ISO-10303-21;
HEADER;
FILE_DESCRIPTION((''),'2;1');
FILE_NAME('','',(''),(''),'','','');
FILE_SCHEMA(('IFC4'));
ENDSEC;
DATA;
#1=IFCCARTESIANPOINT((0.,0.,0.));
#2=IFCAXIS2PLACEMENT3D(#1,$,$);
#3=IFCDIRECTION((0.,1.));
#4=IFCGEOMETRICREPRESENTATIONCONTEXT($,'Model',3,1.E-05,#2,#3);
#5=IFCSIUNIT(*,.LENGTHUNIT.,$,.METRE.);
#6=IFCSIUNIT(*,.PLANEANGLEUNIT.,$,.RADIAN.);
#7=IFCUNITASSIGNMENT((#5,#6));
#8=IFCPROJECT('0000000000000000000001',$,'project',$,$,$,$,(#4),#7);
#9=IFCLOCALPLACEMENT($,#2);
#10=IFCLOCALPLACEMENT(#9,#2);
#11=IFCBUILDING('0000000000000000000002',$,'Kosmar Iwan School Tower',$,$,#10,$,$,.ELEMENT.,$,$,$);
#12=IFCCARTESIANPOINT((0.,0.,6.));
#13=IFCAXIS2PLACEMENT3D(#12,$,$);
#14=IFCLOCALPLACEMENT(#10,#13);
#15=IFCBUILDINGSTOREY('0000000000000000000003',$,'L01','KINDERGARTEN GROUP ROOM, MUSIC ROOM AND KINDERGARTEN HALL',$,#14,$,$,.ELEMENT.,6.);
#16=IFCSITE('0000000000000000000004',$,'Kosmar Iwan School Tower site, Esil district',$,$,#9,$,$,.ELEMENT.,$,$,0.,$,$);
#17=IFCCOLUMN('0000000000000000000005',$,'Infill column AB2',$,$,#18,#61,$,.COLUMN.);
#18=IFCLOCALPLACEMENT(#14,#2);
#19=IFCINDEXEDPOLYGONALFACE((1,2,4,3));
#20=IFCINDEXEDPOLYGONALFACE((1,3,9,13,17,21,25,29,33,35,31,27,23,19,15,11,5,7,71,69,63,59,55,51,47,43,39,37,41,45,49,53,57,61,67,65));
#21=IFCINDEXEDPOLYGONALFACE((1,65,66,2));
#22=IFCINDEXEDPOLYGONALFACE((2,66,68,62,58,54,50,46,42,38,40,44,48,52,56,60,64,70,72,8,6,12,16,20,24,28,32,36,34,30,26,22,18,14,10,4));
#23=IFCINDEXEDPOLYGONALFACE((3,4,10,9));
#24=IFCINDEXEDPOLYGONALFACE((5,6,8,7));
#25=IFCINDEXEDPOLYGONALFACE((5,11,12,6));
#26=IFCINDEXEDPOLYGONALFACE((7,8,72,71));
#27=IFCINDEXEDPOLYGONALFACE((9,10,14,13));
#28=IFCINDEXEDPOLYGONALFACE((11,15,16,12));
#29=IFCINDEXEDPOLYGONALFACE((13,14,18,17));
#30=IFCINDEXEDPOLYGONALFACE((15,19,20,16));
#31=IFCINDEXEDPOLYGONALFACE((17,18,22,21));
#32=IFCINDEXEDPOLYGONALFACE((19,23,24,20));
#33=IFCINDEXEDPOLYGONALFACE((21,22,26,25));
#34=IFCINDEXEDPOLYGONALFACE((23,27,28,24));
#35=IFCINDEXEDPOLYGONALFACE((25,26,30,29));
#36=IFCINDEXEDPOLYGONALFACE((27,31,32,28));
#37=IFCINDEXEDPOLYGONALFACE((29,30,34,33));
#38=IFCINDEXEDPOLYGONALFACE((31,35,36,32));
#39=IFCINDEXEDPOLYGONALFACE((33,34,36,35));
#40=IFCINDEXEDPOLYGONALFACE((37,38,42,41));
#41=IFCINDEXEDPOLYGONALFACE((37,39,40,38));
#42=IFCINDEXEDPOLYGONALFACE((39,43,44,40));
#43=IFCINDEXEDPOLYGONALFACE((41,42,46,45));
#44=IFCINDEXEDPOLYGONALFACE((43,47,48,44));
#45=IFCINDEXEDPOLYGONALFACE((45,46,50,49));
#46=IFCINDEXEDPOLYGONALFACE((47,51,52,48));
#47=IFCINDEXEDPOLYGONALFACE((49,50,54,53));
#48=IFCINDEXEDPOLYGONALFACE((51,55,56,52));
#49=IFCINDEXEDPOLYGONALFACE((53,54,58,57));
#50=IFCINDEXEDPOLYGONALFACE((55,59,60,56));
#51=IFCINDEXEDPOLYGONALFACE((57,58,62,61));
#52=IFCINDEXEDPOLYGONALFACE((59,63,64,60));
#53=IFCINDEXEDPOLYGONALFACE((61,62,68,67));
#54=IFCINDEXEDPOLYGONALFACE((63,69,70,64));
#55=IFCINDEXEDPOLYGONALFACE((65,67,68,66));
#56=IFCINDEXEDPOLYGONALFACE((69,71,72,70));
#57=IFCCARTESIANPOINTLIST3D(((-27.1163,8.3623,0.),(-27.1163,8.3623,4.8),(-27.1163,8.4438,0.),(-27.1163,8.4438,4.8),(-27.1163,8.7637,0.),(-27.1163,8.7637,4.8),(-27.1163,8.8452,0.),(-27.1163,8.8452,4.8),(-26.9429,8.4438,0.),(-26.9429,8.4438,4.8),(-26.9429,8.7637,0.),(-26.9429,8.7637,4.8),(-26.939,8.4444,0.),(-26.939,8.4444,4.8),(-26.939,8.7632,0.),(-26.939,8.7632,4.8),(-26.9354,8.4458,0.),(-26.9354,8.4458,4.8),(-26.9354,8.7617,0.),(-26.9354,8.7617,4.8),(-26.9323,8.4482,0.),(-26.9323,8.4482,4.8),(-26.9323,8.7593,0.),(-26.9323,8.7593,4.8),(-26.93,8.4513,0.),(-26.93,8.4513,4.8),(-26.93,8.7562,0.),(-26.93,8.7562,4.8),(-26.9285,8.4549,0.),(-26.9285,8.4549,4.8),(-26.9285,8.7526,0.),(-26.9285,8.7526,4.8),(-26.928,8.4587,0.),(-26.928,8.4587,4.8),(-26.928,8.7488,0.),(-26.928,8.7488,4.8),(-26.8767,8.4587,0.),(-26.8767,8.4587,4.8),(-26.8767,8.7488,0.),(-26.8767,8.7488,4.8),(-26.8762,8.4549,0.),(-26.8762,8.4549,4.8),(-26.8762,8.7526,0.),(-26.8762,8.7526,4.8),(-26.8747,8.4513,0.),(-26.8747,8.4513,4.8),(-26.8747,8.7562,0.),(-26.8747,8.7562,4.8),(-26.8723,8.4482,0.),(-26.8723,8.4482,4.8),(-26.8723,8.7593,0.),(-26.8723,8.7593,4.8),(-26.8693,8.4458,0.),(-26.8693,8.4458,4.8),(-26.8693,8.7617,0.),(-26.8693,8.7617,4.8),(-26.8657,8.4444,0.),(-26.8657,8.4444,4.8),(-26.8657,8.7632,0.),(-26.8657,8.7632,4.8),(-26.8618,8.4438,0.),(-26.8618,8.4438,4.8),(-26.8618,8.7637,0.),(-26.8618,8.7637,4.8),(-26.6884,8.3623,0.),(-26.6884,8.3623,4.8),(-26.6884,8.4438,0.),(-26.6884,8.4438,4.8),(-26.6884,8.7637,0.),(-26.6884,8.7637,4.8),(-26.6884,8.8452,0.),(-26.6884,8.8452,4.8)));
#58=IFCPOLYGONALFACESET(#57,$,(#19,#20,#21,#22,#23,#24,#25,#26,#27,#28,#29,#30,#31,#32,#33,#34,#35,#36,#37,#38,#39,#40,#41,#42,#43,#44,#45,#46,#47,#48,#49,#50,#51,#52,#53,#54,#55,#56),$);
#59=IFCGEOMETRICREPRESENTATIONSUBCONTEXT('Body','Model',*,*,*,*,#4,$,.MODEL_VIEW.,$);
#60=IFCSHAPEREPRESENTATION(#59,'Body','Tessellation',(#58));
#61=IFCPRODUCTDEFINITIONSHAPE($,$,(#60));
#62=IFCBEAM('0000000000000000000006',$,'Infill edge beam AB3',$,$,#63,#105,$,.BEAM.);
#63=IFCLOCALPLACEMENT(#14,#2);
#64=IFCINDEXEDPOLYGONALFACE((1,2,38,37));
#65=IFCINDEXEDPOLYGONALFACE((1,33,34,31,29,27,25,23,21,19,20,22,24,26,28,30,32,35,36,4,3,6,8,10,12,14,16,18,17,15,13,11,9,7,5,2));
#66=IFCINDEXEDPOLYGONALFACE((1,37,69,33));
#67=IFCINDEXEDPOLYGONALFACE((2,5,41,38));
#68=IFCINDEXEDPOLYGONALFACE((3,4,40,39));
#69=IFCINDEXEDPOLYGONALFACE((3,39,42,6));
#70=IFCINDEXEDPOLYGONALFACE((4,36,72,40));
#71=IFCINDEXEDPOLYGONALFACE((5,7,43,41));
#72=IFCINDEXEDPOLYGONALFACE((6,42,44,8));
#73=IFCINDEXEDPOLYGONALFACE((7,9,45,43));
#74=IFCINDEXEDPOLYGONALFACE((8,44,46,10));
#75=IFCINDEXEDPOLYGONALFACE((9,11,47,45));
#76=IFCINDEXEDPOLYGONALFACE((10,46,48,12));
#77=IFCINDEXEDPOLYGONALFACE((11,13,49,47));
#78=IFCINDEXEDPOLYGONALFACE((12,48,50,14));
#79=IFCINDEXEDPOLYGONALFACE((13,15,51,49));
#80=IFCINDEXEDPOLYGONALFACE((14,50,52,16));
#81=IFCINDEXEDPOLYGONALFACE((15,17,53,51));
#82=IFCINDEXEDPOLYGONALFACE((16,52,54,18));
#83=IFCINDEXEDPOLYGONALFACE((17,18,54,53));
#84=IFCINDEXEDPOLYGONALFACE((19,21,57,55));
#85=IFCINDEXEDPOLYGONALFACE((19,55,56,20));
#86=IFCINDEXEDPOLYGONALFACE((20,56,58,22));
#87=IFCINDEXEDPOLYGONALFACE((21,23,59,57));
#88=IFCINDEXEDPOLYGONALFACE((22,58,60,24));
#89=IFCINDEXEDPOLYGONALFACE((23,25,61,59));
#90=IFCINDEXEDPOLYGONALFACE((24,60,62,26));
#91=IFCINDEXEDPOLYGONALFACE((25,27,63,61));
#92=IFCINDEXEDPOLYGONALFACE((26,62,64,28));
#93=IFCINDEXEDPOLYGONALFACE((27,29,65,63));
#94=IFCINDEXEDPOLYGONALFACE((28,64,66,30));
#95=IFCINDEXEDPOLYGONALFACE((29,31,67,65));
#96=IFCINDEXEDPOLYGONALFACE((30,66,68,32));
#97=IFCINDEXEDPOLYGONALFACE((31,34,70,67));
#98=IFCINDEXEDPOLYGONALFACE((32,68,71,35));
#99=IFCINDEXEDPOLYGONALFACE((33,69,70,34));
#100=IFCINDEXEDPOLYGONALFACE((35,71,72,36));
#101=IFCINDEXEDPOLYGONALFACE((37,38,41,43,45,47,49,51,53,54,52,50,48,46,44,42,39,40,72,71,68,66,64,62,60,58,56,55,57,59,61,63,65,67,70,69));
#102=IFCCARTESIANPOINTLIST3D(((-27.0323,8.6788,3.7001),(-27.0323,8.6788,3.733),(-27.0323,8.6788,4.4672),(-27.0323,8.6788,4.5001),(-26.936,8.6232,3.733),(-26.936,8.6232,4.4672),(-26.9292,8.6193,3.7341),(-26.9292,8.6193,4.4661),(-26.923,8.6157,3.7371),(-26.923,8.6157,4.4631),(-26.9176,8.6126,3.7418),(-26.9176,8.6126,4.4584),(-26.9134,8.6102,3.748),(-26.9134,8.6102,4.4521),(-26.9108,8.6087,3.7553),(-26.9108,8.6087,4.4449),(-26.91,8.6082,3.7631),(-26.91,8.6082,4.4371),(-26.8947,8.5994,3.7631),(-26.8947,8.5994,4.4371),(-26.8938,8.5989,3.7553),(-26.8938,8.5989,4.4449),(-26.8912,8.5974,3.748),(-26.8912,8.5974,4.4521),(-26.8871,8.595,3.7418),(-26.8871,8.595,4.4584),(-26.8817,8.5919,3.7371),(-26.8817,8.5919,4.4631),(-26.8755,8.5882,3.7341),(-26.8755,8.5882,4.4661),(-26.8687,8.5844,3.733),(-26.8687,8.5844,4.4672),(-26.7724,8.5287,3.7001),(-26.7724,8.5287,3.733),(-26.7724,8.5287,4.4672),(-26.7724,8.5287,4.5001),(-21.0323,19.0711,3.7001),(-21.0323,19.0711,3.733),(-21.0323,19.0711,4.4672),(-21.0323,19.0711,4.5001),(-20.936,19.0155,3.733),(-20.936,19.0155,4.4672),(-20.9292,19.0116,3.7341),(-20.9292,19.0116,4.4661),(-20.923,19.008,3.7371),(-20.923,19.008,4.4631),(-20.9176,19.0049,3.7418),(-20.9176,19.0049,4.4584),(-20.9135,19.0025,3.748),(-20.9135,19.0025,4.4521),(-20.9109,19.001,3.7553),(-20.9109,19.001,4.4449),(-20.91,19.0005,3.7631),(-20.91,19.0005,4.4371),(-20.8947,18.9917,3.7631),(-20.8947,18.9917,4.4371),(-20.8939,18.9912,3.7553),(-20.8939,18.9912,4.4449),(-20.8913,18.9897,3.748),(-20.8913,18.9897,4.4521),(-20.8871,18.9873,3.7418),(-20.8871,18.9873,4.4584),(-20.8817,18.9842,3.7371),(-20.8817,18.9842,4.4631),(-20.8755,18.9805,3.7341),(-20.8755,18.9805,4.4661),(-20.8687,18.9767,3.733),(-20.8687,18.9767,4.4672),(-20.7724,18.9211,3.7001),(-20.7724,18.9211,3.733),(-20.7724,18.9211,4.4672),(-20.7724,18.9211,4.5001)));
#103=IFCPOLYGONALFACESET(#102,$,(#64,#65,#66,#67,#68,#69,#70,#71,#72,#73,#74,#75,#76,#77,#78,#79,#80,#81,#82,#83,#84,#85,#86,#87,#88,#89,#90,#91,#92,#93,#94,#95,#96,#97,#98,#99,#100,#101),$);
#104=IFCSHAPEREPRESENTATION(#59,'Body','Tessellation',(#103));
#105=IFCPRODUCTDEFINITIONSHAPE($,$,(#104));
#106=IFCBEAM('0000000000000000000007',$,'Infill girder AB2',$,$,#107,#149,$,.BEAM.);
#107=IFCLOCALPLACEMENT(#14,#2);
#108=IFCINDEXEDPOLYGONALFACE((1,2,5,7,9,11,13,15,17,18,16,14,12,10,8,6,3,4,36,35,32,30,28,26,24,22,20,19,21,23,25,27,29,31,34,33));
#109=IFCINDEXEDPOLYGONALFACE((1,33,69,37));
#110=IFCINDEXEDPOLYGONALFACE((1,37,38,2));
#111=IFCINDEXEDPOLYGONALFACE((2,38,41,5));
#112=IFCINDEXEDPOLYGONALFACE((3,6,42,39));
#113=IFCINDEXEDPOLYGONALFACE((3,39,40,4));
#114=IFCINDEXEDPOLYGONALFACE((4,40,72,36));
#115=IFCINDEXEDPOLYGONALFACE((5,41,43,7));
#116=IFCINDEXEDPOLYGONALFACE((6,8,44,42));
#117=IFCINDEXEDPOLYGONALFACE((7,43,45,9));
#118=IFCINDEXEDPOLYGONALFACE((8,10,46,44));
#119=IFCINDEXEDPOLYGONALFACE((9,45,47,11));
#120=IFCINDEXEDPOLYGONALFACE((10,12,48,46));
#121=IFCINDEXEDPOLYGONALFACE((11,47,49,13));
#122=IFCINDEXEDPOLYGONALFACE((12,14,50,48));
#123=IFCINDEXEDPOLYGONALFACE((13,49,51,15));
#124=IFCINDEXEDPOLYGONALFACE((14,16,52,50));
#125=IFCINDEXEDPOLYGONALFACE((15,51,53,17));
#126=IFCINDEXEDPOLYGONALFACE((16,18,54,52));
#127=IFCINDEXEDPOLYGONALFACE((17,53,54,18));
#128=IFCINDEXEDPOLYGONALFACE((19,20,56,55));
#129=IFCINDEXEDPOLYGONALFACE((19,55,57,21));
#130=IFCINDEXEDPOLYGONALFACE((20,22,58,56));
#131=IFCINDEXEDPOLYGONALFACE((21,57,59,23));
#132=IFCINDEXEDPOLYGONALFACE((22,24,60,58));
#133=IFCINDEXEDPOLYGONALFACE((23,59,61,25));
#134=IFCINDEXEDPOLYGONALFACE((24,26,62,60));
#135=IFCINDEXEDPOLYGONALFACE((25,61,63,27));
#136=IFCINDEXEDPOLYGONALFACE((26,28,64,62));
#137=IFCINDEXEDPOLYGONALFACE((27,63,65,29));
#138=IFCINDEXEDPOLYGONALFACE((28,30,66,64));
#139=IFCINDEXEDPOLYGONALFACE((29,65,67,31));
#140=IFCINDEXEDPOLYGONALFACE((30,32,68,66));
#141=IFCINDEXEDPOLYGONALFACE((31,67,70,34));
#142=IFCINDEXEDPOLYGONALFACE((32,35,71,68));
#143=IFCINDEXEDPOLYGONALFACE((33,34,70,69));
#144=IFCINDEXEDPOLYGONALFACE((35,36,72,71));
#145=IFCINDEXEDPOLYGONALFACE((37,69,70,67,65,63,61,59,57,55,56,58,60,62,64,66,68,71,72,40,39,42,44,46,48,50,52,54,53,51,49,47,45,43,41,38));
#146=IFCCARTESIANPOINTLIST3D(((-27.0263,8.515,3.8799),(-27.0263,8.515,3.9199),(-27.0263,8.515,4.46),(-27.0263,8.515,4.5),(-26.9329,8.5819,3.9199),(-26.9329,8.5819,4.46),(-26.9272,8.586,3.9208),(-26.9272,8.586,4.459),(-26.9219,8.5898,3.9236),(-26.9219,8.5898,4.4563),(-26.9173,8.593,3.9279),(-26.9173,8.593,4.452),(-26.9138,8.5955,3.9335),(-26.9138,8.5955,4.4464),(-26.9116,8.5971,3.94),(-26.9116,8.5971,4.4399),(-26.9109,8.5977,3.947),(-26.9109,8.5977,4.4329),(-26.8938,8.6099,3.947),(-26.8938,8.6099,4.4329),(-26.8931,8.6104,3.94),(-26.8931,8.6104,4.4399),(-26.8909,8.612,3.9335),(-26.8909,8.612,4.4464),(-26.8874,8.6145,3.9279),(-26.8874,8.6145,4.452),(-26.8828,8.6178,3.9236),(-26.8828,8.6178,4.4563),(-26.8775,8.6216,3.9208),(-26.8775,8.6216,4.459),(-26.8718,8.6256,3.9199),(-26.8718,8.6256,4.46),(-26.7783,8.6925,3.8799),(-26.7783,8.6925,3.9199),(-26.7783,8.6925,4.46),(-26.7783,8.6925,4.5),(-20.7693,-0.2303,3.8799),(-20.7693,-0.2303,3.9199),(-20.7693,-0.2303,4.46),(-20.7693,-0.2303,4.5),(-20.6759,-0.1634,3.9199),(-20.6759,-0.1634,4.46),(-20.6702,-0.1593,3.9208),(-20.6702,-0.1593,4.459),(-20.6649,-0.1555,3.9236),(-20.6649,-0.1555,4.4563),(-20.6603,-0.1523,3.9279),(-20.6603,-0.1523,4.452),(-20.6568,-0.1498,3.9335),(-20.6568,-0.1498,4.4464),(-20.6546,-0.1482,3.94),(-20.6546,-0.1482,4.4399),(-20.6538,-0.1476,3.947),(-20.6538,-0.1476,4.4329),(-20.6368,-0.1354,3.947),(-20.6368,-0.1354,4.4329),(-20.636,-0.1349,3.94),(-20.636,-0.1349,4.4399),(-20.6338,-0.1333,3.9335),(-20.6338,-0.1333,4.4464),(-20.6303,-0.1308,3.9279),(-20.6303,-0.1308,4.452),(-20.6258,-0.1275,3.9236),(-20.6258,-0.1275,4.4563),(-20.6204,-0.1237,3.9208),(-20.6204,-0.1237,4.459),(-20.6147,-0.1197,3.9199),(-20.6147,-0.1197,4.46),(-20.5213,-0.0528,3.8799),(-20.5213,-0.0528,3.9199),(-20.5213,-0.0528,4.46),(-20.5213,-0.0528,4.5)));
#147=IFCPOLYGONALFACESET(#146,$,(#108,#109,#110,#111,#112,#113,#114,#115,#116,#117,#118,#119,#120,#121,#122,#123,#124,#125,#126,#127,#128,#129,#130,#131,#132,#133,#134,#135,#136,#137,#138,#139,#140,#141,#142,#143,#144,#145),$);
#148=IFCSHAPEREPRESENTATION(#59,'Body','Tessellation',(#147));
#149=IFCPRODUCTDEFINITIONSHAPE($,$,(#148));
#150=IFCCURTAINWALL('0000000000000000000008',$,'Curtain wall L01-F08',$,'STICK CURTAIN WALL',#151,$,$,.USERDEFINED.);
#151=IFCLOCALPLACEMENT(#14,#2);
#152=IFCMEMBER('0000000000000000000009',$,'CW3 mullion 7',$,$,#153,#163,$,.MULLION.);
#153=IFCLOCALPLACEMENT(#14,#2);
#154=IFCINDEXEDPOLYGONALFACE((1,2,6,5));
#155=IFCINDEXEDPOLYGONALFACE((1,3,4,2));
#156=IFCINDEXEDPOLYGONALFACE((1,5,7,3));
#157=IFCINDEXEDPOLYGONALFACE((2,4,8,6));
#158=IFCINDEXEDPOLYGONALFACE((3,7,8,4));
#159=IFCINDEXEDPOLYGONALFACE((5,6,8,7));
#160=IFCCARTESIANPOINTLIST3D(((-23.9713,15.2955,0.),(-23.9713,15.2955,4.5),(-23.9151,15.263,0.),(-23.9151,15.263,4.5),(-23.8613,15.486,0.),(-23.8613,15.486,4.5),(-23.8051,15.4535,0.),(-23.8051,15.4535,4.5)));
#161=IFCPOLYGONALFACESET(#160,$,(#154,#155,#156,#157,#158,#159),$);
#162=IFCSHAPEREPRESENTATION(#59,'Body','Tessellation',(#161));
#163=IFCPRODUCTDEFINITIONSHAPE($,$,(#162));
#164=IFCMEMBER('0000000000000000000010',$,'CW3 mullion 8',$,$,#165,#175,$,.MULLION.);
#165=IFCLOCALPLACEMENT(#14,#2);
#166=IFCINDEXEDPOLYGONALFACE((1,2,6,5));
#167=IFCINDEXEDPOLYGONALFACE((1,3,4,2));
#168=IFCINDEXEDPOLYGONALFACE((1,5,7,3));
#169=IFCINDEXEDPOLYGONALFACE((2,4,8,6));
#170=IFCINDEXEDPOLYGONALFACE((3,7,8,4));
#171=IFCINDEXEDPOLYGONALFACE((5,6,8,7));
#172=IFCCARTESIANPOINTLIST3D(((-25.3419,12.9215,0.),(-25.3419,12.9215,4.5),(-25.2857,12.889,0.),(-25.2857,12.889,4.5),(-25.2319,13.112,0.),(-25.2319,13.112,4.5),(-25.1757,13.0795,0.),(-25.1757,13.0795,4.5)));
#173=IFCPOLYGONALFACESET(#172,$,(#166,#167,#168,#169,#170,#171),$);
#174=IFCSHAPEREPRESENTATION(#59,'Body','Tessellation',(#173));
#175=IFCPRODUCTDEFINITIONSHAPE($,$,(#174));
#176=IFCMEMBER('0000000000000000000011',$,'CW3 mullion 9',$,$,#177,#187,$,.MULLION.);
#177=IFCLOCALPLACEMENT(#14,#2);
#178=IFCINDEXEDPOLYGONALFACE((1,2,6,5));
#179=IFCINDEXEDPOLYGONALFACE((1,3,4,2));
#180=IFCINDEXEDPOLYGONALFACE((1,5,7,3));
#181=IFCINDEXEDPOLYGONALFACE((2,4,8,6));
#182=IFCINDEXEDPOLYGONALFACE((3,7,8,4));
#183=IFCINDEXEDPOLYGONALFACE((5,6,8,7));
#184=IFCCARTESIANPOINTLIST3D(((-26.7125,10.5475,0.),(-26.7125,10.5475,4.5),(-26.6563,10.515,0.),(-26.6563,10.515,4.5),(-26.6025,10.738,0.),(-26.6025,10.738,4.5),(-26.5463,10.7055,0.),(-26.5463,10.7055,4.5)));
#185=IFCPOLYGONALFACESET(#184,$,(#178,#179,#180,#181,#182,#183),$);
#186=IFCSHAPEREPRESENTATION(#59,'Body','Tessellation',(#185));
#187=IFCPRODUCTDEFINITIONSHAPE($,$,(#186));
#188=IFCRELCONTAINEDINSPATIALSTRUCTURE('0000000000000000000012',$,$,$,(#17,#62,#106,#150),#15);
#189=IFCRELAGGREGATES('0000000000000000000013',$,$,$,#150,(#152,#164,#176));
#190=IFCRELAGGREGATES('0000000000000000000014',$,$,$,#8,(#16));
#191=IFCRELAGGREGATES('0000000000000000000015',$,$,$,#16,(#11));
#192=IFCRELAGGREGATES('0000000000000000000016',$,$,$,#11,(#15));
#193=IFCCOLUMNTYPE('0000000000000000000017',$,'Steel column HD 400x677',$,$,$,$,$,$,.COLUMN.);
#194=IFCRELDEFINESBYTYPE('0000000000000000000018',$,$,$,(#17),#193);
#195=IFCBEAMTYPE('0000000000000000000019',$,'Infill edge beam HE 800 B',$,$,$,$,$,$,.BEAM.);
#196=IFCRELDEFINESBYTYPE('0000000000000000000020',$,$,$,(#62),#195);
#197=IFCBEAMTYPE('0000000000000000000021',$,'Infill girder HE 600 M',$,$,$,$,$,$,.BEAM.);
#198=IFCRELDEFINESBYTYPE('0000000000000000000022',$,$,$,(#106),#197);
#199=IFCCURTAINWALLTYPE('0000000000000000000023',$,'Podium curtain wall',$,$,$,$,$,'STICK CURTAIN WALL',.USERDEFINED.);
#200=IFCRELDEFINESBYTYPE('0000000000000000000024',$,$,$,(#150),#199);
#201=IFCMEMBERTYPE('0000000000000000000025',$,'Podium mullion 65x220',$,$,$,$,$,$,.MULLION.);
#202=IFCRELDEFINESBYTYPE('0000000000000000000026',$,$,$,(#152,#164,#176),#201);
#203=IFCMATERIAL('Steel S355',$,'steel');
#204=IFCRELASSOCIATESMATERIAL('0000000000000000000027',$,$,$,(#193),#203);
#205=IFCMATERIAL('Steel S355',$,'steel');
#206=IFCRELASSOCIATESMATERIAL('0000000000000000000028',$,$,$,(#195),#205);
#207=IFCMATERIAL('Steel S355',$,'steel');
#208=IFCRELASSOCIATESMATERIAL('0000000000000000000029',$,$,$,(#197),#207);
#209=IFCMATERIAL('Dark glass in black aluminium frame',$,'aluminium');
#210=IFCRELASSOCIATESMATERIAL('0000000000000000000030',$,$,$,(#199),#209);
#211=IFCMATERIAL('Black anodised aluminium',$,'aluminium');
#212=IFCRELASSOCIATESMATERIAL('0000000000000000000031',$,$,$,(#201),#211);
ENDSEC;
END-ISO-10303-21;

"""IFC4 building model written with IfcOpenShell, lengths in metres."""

from ifc_helpers import new_model, si_unit, direction, frame, origin, origin_2d, place, context, subcontext, project, spatial, rectangle, i_section, extrude, material, material_profile, profile_set, type_object, element, aggregate, save


model = new_model("IFC4")

# Units and contexts
model_context = context("Model", 3, precision=1e-05, world=origin(), true_north=direction((0.0, 1.0)))
body_context = subcontext(model_context, "Body", "Model", "MODEL_VIEW")
ifc_project = project(units=[si_unit("LENGTHUNIT", "METRE"), si_unit("PLANEANGLEUNIT", "RADIAN")], contexts=[model_context])

# Site, building, storey
site_placement = place(None, origin())
site = spatial("IfcSite", under=ifc_project, at=site_placement, Name="Kosmar Iwan School Tower site, Esil district", CompositionType="ELEMENT", RefElevation=0.0)
building_placement = place(site_placement, origin())
building = spatial("IfcBuilding", under=site, at=building_placement, Name="Kosmar Iwan School Tower", CompositionType="ELEMENT")
storey_placement = place(building_placement, frame((0.0, 0.0, 6.0)))
storey = spatial("IfcBuildingStorey", under=building, at=storey_placement, Name="L01", Description="KINDERGARTEN GROUP ROOM, MUSIC ROOM AND KINDERGARTEN HALL", CompositionType="ELEMENT", Elevation=6.0)

# Column
ifc_material_1 = material(Name="Steel S355", Category="steel")
ifc_material_profile_1 = material_profile(ifc_material_1, i_section(OverallWidth=0.428, OverallDepth=0.4829, WebThickness=0.0513, FlangeThickness=0.0815, FilletRadius=0.0149, at=origin_2d()), Name="HD 400x677")
ifc_profile_set_1 = profile_set([ifc_material_profile_1], Name="Steel S355")
column_type = type_object("IfcColumnType", Name="Steel column HD 400x677", PredefinedType="COLUMN", material=ifc_profile_set_1)
column_placement = place(storey_placement, frame((-26.9023, 8.6038, 0.0), z_axis=(0.0, 0.0, 1.0), x_axis=(1.0, 0.0, 0.0)))
element("IfcColumn", 1, at=column_placement, inside=storey, type_object=column_type, Name="Infill column AB2", PredefinedType="COLUMN", context=body_context, shape_type="SweptSolid", body=[
    extrude(i_section(OverallWidth=0.428, OverallDepth=0.4829, WebThickness=0.0513, FlangeThickness=0.0815, FilletRadius=0.0149, at=origin_2d()), origin(), (0.0, 0.0, 1.0), 4.8),
])

# Beams
ifc_material_2 = material(Name="Steel S355", Category="steel")
ifc_material_profile_2 = material_profile(ifc_material_2, i_section(OverallWidth=0.3, OverallDepth=0.8, WebThickness=0.0176, FlangeThickness=0.033, FilletRadius=0.03, at=origin_2d()), Name="HE 800 B")
ifc_profile_set_2 = profile_set([ifc_material_profile_2], Name="Steel S355")
beam_type_1 = type_object("IfcBeamType", Name="Infill edge beam HE 800 B", PredefinedType="BEAM", material=ifc_profile_set_2)
beam_1_placement = place(storey_placement, frame((-26.9023, 8.6038, 4.1001), z_axis=(0.499999, 0.866026, 0.0), x_axis=(-0.866026, 0.499999, 0.0)))
element("IfcBeam", 2, at=beam_1_placement, inside=storey, type_object=beam_type_1, Name="Infill edge beam AB3", PredefinedType="BEAM", context=body_context, shape_type="SweptSolid", body=[
    extrude(i_section(OverallWidth=0.3, OverallDepth=0.8, WebThickness=0.0176, FlangeThickness=0.033, FilletRadius=0.03, at=origin_2d()), origin(), (0.0, 0.0, 1.0), 12.0),
])
ifc_material_3 = material(Name="Steel S355", Category="steel")
ifc_material_profile_3 = material_profile(ifc_material_3, i_section(OverallWidth=0.3049, OverallDepth=0.6201, WebThickness=0.021, FlangeThickness=0.04, FilletRadius=0.0271, at=origin_2d()), Name="HE 600 M")
ifc_profile_set_3 = profile_set([ifc_material_profile_3], Name="Steel S355")
beam_type_2 = type_object("IfcBeamType", Name="Infill girder HE 600 M", PredefinedType="BEAM", material=ifc_profile_set_3)
beam_2_placement = place(storey_placement, frame((-26.9023, 8.6038, 4.1899), z_axis=(0.581878, -0.813276, 0.0), x_axis=(0.813276, 0.581878, 0.0)))
element("IfcBeam", 3, at=beam_2_placement, inside=storey, type_object=beam_type_2, Name="Infill girder AB2", PredefinedType="BEAM", context=body_context, shape_type="SweptSolid", body=[
    extrude(i_section(OverallWidth=0.3049, OverallDepth=0.6201, WebThickness=0.021, FlangeThickness=0.04, FilletRadius=0.0271, at=origin_2d()), origin(), (0.0, 0.0, 1.0), 10.7532),
])

# Curtain wall, members
ifc_material_4 = material(Name="Dark glass in black aluminium frame", Category="aluminium")
curtain_wall_type = type_object("IfcCurtainWallType", Name="Podium curtain wall", ElementType="STICK CURTAIN WALL", PredefinedType="USERDEFINED", material=ifc_material_4)
curtain_wall_placement = place(storey_placement, origin())
curtain_wall = element("IfcCurtainWall", 4, at=curtain_wall_placement, inside=storey, type_object=curtain_wall_type, Name="Curtain wall L01-F08", ObjectType="STICK CURTAIN WALL", PredefinedType="USERDEFINED")
ifc_material_5 = material(Name="Black anodised aluminium", Category="aluminium")
ifc_material_profile_4 = material_profile(ifc_material_5, rectangle(XDim=0.0649, YDim=0.22, at=origin_2d()), Name="MULLION 65x220")
ifc_profile_set_4 = profile_set([ifc_material_profile_4], Name="Black anodised aluminium")
member_type_1 = type_object("IfcMemberType", Name="Podium mullion 65x220", PredefinedType="MULLION", material=ifc_profile_set_4)
member_1_placement = place(storey_placement, frame((-23.8882, 15.3745, 0.0), z_axis=(0.0, 0.0, 1.0), x_axis=(0.866025, -0.5, 0.0)))
member_1 = element("IfcMember", 5, at=member_1_placement, type_object=member_type_1, Name="CW3 mullion 7", PredefinedType="MULLION", context=body_context, shape_type="SweptSolid", body=[
    extrude(rectangle(XDim=0.0649, YDim=0.22, at=origin_2d()), origin(), (0.0, 0.0, 1.0), 4.5),
])
member_2_placement = place(storey_placement, frame((-25.2588, 13.0005, 0.0), z_axis=(0.0, 0.0, 1.0), x_axis=(0.866025, -0.5, 0.0)))
member_2 = element("IfcMember", 6, at=member_2_placement, type_object=member_type_1, Name="CW3 mullion 8", PredefinedType="MULLION", context=body_context, shape_type="SweptSolid", body=[
    extrude(rectangle(XDim=0.0649, YDim=0.22, at=origin_2d()), origin(), (0.0, 0.0, 1.0), 4.5),
])
member_3_placement = place(storey_placement, frame((-26.6294, 10.6265, 0.0), z_axis=(0.0, 0.0, 1.0), x_axis=(0.866025, -0.5, 0.0)))
member_3 = element("IfcMember", 7, at=member_3_placement, type_object=member_type_1, Name="CW3 mullion 9", PredefinedType="MULLION", context=body_context, shape_type="SweptSolid", body=[
    extrude(rectangle(XDim=0.0649, YDim=0.22, at=origin_2d()), origin(), (0.0, 0.0, 1.0), 4.5),
])
aggregate(curtain_wall, [member_1, member_2, member_3])

save(model, "model.ifc")
